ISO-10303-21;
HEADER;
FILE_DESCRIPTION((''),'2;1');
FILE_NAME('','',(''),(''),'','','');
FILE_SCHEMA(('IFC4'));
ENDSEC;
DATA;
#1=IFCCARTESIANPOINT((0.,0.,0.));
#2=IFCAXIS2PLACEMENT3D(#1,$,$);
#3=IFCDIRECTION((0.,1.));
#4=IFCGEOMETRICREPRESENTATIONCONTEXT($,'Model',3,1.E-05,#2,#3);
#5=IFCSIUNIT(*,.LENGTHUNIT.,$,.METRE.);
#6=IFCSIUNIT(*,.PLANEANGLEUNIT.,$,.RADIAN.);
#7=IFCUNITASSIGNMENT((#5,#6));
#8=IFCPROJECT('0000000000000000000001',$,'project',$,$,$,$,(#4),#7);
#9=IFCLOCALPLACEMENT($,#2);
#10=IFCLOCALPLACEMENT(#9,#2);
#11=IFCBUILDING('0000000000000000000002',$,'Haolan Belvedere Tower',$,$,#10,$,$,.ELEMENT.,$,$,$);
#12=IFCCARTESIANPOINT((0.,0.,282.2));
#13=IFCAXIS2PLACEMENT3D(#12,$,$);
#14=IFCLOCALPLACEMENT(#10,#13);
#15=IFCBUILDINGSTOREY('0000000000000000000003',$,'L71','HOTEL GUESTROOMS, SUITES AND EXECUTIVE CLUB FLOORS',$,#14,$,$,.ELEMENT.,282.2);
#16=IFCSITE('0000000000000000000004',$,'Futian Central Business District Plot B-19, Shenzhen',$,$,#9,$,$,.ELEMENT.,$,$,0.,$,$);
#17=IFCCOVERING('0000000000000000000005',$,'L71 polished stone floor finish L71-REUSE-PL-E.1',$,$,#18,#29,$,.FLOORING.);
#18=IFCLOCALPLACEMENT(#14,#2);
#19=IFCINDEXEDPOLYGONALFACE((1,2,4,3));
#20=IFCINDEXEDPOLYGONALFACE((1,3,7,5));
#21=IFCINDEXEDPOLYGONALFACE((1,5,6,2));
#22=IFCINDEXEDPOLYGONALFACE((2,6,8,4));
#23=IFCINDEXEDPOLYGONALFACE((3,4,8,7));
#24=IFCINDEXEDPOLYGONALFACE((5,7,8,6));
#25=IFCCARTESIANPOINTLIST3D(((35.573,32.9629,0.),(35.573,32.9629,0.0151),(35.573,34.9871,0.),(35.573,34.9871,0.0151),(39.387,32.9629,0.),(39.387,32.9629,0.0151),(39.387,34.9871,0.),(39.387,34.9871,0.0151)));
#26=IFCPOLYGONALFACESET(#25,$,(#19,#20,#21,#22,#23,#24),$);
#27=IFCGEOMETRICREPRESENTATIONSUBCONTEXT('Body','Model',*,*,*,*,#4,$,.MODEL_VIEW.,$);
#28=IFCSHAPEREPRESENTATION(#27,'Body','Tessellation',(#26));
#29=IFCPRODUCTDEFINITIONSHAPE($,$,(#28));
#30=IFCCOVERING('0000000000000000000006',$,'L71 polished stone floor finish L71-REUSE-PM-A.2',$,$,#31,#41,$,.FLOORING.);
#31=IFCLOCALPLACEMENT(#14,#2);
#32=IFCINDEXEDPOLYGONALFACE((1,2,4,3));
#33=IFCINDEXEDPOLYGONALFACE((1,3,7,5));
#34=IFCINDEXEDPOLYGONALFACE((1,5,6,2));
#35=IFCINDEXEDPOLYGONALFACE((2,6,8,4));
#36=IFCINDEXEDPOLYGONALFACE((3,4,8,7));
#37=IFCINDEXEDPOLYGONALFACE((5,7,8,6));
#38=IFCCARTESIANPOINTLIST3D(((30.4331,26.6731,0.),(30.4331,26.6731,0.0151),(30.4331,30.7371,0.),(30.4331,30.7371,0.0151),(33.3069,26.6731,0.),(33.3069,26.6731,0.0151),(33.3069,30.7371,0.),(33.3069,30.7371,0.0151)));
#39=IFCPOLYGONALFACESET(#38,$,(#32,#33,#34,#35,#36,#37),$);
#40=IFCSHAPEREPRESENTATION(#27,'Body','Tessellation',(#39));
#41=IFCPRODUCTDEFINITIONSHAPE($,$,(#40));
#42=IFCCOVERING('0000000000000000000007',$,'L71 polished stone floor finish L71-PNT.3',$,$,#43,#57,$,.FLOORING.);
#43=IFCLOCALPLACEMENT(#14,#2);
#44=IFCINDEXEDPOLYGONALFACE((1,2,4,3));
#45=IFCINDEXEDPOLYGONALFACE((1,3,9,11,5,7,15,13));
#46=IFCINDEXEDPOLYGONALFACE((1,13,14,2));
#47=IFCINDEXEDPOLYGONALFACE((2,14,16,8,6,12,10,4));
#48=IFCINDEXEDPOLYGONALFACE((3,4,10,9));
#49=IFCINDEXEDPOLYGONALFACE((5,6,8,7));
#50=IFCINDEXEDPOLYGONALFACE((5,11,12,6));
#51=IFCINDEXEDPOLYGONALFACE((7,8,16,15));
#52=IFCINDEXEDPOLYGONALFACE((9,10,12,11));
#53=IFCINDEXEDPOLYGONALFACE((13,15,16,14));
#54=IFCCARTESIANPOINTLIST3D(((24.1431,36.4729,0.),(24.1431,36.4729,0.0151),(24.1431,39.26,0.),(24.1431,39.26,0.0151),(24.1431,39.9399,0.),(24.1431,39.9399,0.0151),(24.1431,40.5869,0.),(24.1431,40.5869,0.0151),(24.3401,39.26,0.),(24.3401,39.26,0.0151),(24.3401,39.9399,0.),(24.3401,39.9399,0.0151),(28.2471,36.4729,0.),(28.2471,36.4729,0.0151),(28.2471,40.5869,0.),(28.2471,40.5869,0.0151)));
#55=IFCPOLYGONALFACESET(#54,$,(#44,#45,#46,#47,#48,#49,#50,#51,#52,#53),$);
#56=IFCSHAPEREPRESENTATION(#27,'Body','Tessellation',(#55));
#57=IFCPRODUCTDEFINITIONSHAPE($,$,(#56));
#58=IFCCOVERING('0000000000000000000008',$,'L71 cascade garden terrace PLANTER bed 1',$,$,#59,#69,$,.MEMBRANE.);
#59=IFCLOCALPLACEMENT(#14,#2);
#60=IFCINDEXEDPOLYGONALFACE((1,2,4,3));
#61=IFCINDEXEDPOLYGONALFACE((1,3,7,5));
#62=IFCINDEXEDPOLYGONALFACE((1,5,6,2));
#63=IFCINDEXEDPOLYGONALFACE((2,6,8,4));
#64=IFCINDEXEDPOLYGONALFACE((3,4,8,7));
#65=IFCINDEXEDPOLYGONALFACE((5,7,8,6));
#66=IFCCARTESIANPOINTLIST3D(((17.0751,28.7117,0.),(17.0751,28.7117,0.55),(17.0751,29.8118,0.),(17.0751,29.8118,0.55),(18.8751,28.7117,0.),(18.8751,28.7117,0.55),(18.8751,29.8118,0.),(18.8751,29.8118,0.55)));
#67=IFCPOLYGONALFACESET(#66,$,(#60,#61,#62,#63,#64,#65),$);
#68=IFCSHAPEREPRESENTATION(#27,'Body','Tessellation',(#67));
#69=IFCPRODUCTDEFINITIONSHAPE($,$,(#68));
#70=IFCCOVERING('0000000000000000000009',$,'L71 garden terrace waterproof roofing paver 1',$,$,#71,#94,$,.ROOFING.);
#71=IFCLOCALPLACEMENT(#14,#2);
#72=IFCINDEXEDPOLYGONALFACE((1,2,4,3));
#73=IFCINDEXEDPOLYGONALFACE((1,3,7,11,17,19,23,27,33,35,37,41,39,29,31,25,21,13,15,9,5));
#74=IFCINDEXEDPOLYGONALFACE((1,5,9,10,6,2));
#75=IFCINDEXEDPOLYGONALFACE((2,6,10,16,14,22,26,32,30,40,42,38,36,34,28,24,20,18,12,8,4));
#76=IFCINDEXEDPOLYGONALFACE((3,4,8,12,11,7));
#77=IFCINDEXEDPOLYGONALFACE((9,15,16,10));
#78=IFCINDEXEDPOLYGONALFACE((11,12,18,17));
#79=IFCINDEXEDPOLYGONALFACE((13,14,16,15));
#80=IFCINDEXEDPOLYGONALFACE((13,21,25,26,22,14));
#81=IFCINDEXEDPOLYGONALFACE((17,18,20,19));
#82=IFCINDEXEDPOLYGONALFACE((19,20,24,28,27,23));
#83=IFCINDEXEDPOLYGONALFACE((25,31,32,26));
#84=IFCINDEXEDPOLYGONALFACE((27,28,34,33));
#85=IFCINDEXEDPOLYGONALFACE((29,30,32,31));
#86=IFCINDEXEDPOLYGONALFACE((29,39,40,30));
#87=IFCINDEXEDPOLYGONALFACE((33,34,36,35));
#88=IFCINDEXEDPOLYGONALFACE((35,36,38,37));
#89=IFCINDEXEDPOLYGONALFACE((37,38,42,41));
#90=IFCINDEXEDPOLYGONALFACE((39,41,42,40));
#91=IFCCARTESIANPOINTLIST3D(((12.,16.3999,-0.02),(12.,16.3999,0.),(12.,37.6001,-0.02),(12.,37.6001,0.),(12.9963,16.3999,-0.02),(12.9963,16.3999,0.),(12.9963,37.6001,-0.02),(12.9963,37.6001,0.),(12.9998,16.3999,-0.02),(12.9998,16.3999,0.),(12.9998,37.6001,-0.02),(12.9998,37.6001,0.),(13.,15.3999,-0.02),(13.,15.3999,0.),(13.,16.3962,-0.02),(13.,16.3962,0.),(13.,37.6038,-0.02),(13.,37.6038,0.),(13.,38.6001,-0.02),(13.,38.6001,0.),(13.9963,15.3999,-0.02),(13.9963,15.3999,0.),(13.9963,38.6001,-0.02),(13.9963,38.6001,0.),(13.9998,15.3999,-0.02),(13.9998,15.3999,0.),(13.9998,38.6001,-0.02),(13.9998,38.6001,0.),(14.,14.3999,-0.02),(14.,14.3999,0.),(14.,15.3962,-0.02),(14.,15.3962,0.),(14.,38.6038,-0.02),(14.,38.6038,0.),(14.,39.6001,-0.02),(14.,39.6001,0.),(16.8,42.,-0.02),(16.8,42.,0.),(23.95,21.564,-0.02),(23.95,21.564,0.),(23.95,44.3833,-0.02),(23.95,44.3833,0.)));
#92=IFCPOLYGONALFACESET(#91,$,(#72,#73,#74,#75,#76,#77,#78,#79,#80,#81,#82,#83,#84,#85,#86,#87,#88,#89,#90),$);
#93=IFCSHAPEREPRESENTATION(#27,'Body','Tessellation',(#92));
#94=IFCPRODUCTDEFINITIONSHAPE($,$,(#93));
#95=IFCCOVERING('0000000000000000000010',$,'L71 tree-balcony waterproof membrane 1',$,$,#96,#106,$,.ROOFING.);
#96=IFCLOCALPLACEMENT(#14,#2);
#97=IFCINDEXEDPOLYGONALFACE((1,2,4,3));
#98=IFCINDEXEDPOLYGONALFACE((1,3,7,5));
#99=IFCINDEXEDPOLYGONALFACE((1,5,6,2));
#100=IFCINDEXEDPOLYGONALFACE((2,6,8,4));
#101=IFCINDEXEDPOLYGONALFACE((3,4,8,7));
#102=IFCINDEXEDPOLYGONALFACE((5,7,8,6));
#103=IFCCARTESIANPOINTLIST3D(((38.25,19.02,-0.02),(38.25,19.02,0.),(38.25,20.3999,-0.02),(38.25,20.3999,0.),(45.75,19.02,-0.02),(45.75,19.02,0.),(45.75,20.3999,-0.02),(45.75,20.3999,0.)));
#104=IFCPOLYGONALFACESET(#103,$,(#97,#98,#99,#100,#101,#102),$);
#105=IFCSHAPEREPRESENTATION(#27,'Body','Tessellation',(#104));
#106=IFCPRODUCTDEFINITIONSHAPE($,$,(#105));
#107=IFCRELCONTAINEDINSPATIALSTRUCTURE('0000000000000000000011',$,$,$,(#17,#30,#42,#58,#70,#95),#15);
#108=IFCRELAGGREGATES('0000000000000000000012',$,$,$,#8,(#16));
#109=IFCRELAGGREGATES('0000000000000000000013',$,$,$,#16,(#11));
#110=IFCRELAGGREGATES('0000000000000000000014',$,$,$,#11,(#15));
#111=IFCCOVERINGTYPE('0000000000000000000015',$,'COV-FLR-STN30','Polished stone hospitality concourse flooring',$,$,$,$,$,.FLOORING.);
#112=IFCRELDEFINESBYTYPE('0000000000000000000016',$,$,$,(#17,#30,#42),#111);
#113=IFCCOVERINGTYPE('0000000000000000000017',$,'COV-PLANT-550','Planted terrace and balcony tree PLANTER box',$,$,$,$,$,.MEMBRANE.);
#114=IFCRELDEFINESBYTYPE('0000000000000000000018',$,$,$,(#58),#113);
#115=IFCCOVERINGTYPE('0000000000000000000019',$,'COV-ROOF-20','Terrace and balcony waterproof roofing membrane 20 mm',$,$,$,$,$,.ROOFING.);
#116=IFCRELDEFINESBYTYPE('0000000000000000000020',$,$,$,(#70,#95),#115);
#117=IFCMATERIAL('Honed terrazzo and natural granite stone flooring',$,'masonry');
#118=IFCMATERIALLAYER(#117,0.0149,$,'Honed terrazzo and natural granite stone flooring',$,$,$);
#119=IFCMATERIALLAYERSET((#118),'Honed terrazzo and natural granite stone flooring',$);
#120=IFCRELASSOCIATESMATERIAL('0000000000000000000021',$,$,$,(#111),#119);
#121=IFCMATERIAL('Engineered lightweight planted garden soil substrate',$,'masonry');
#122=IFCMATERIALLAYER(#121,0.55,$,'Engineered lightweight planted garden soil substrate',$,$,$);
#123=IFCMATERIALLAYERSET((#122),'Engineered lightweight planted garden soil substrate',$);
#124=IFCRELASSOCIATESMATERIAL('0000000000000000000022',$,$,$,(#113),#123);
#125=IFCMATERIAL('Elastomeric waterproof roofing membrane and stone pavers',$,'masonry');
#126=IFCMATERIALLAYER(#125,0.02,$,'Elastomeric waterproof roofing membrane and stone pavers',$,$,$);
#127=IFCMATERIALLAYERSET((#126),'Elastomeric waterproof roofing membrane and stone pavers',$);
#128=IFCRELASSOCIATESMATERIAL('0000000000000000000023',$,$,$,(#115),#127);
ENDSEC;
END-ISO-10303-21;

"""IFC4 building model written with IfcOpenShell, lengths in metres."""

from ifc_helpers import new_model, si_unit, direction, frame, origin, origin_2d, place, context, subcontext, project, spatial, polyline, rectangle, outline, extrude, material, layer, layer_set, type_object, element, save


model = new_model("IFC4")

# Units and contexts
model_context = context("Model", 3, precision=1e-05, world=origin(), true_north=direction((0.0, 1.0)))
body_context = subcontext(model_context, "Body", "Model", "MODEL_VIEW")
ifc_project = project(units=[si_unit("LENGTHUNIT", "METRE"), si_unit("PLANEANGLEUNIT", "RADIAN")], contexts=[model_context])

# Site, building, storey
site_placement = place(None, origin())
site = spatial("IfcSite", under=ifc_project, at=site_placement, Name="Futian Central Business District Plot B-19, Shenzhen", CompositionType="ELEMENT", RefElevation=0.0)
building_placement = place(site_placement, origin())
building = spatial("IfcBuilding", under=site, at=building_placement, Name="Haolan Belvedere Tower", CompositionType="ELEMENT")
storey_placement = place(building_placement, frame((0.0, 0.0, 282.2)))
storey = spatial("IfcBuildingStorey", under=building, at=storey_placement, Name="L71", Description="HOTEL GUESTROOMS, SUITES AND EXECUTIVE CLUB FLOORS", CompositionType="ELEMENT", Elevation=282.2)

# Coverings
ifc_material_1 = material(Name="Honed terrazzo and natural granite stone flooring", Category="masonry")
ifc_layer_1 = layer(ifc_material_1, 0.0149, Name="Honed terrazzo and natural granite stone flooring")
ifc_layer_set_1 = layer_set([ifc_layer_1], Name="Honed terrazzo and natural granite stone flooring")
covering_type_1 = type_object("IfcCoveringType", Name="COV-FLR-STN30", Description="Polished stone hospitality concourse flooring", PredefinedType="FLOORING", material=ifc_layer_set_1)
covering_1_placement = place(storey_placement, origin())
element("IfcCovering", 1, at=covering_1_placement, inside=storey, type_object=covering_type_1, Name="L71 polished stone floor finish L71-REUSE-PL-E.1", PredefinedType="FLOORING", context=body_context, shape_type="SweptSolid", body=[
    extrude(outline(polyline([(39.387, 32.9629), (39.387, 34.9871), (35.573, 34.9871), (35.573, 32.9629), (39.387, 32.9629)])), origin(), (0.0, 0.0, 1.0), 0.0151),
])
covering_2_placement = place(storey_placement, origin())
element("IfcCovering", 2, at=covering_2_placement, inside=storey, type_object=covering_type_1, Name="L71 polished stone floor finish L71-REUSE-PM-A.2", PredefinedType="FLOORING", context=body_context, shape_type="SweptSolid", body=[
    extrude(outline(polyline([(33.3069, 26.6731), (33.3069, 30.7371), (30.4331, 30.7371), (30.4331, 26.6731), (33.3069, 26.6731)])), origin(), (0.0, 0.0, 1.0), 0.0151),
])
covering_3_placement = place(storey_placement, origin())
element("IfcCovering", 3, at=covering_3_placement, inside=storey, type_object=covering_type_1, Name="L71 polished stone floor finish L71-PNT.3", PredefinedType="FLOORING", context=body_context, shape_type="SweptSolid", body=[
    extrude(outline(polyline([(24.3401, 39.9399), (24.3401, 39.26), (24.1431, 39.26), (24.1431, 36.4729), (28.2471, 36.4729), (28.2471, 40.5869), (24.1431, 40.5869), (24.1431, 39.9399), (24.3401, 39.9399)])), origin(), (0.0, 0.0, 1.0), 0.0151),
])
ifc_material_2 = material(Name="Engineered lightweight planted garden soil substrate", Category="masonry")
ifc_layer_2 = layer(ifc_material_2, 0.55, Name="Engineered lightweight planted garden soil substrate")
ifc_layer_set_2 = layer_set([ifc_layer_2], Name="Engineered lightweight planted garden soil substrate")
covering_type_2 = type_object("IfcCoveringType", Name="COV-PLANT-550", Description="Planted terrace and balcony tree PLANTER box", PredefinedType="MEMBRANE", material=ifc_layer_set_2)
covering_4_placement = place(storey_placement, frame((17.9751, 29.2617, 0.0), z_axis=(0.0, 0.0, 1.0), x_axis=(1.0, 0.0, 0.0)))
element("IfcCovering", 4, at=covering_4_placement, inside=storey, type_object=covering_type_2, Name="L71 cascade garden terrace PLANTER bed 1", PredefinedType="MEMBRANE", context=body_context, shape_type="SweptSolid", body=[
    extrude(rectangle(XDim=1.8, YDim=1.1001, at=origin_2d()), origin(), (0.0, 0.0, 1.0), 0.55),
])
ifc_material_3 = material(Name="Elastomeric waterproof roofing membrane and stone pavers", Category="masonry")
ifc_layer_3 = layer(ifc_material_3, 0.02, Name="Elastomeric waterproof roofing membrane and stone pavers")
ifc_layer_set_3 = layer_set([ifc_layer_3], Name="Elastomeric waterproof roofing membrane and stone pavers")
covering_type_3 = type_object("IfcCoveringType", Name="COV-ROOF-20", Description="Terrace and balcony waterproof roofing membrane 20 mm", PredefinedType="ROOFING", material=ifc_layer_set_3)
covering_5_placement = place(storey_placement, frame((0.0, 0.0, -0.02)))
element("IfcCovering", 5, at=covering_5_placement, inside=storey, type_object=covering_type_3, Name="L71 garden terrace waterproof roofing paver 1", PredefinedType="ROOFING", context=body_context, shape_type="SweptSolid", body=[
    extrude(outline(polyline([(13.0, 16.3962), (13.0, 15.3999), (13.9963, 15.3999), (13.9998, 15.3999), (14.0, 15.3962), (14.0, 14.3999), (23.95, 21.564), (23.95, 44.3833), (16.8, 42.0), (14.0, 39.6001), (14.0, 38.6038), (13.9998, 38.6001), (13.9963, 38.6001), (13.0, 38.6001), (13.0, 37.6038), (12.9998, 37.6001), (12.9963, 37.6001), (12.0, 37.6001), (12.0, 16.3999), (12.9963, 16.3999), (12.9998, 16.3999), (13.0, 16.3962)])), origin(), (0.0, 0.0, 1.0), 0.02),
])
covering_6_placement = place(storey_placement, frame((0.0, 0.0, -0.02)))
element("IfcCovering", 6, at=covering_6_placement, inside=storey, type_object=covering_type_3, Name="L71 tree-balcony waterproof membrane 1", PredefinedType="ROOFING", context=body_context, shape_type="SweptSolid", body=[
    extrude(outline(polyline([(38.25, 19.02), (45.75, 19.02), (45.75, 20.3999), (38.25, 20.3999), (38.25, 19.02)])), origin(), (0.0, 0.0, 1.0), 0.02),
])

save(model, "model.ifc")
